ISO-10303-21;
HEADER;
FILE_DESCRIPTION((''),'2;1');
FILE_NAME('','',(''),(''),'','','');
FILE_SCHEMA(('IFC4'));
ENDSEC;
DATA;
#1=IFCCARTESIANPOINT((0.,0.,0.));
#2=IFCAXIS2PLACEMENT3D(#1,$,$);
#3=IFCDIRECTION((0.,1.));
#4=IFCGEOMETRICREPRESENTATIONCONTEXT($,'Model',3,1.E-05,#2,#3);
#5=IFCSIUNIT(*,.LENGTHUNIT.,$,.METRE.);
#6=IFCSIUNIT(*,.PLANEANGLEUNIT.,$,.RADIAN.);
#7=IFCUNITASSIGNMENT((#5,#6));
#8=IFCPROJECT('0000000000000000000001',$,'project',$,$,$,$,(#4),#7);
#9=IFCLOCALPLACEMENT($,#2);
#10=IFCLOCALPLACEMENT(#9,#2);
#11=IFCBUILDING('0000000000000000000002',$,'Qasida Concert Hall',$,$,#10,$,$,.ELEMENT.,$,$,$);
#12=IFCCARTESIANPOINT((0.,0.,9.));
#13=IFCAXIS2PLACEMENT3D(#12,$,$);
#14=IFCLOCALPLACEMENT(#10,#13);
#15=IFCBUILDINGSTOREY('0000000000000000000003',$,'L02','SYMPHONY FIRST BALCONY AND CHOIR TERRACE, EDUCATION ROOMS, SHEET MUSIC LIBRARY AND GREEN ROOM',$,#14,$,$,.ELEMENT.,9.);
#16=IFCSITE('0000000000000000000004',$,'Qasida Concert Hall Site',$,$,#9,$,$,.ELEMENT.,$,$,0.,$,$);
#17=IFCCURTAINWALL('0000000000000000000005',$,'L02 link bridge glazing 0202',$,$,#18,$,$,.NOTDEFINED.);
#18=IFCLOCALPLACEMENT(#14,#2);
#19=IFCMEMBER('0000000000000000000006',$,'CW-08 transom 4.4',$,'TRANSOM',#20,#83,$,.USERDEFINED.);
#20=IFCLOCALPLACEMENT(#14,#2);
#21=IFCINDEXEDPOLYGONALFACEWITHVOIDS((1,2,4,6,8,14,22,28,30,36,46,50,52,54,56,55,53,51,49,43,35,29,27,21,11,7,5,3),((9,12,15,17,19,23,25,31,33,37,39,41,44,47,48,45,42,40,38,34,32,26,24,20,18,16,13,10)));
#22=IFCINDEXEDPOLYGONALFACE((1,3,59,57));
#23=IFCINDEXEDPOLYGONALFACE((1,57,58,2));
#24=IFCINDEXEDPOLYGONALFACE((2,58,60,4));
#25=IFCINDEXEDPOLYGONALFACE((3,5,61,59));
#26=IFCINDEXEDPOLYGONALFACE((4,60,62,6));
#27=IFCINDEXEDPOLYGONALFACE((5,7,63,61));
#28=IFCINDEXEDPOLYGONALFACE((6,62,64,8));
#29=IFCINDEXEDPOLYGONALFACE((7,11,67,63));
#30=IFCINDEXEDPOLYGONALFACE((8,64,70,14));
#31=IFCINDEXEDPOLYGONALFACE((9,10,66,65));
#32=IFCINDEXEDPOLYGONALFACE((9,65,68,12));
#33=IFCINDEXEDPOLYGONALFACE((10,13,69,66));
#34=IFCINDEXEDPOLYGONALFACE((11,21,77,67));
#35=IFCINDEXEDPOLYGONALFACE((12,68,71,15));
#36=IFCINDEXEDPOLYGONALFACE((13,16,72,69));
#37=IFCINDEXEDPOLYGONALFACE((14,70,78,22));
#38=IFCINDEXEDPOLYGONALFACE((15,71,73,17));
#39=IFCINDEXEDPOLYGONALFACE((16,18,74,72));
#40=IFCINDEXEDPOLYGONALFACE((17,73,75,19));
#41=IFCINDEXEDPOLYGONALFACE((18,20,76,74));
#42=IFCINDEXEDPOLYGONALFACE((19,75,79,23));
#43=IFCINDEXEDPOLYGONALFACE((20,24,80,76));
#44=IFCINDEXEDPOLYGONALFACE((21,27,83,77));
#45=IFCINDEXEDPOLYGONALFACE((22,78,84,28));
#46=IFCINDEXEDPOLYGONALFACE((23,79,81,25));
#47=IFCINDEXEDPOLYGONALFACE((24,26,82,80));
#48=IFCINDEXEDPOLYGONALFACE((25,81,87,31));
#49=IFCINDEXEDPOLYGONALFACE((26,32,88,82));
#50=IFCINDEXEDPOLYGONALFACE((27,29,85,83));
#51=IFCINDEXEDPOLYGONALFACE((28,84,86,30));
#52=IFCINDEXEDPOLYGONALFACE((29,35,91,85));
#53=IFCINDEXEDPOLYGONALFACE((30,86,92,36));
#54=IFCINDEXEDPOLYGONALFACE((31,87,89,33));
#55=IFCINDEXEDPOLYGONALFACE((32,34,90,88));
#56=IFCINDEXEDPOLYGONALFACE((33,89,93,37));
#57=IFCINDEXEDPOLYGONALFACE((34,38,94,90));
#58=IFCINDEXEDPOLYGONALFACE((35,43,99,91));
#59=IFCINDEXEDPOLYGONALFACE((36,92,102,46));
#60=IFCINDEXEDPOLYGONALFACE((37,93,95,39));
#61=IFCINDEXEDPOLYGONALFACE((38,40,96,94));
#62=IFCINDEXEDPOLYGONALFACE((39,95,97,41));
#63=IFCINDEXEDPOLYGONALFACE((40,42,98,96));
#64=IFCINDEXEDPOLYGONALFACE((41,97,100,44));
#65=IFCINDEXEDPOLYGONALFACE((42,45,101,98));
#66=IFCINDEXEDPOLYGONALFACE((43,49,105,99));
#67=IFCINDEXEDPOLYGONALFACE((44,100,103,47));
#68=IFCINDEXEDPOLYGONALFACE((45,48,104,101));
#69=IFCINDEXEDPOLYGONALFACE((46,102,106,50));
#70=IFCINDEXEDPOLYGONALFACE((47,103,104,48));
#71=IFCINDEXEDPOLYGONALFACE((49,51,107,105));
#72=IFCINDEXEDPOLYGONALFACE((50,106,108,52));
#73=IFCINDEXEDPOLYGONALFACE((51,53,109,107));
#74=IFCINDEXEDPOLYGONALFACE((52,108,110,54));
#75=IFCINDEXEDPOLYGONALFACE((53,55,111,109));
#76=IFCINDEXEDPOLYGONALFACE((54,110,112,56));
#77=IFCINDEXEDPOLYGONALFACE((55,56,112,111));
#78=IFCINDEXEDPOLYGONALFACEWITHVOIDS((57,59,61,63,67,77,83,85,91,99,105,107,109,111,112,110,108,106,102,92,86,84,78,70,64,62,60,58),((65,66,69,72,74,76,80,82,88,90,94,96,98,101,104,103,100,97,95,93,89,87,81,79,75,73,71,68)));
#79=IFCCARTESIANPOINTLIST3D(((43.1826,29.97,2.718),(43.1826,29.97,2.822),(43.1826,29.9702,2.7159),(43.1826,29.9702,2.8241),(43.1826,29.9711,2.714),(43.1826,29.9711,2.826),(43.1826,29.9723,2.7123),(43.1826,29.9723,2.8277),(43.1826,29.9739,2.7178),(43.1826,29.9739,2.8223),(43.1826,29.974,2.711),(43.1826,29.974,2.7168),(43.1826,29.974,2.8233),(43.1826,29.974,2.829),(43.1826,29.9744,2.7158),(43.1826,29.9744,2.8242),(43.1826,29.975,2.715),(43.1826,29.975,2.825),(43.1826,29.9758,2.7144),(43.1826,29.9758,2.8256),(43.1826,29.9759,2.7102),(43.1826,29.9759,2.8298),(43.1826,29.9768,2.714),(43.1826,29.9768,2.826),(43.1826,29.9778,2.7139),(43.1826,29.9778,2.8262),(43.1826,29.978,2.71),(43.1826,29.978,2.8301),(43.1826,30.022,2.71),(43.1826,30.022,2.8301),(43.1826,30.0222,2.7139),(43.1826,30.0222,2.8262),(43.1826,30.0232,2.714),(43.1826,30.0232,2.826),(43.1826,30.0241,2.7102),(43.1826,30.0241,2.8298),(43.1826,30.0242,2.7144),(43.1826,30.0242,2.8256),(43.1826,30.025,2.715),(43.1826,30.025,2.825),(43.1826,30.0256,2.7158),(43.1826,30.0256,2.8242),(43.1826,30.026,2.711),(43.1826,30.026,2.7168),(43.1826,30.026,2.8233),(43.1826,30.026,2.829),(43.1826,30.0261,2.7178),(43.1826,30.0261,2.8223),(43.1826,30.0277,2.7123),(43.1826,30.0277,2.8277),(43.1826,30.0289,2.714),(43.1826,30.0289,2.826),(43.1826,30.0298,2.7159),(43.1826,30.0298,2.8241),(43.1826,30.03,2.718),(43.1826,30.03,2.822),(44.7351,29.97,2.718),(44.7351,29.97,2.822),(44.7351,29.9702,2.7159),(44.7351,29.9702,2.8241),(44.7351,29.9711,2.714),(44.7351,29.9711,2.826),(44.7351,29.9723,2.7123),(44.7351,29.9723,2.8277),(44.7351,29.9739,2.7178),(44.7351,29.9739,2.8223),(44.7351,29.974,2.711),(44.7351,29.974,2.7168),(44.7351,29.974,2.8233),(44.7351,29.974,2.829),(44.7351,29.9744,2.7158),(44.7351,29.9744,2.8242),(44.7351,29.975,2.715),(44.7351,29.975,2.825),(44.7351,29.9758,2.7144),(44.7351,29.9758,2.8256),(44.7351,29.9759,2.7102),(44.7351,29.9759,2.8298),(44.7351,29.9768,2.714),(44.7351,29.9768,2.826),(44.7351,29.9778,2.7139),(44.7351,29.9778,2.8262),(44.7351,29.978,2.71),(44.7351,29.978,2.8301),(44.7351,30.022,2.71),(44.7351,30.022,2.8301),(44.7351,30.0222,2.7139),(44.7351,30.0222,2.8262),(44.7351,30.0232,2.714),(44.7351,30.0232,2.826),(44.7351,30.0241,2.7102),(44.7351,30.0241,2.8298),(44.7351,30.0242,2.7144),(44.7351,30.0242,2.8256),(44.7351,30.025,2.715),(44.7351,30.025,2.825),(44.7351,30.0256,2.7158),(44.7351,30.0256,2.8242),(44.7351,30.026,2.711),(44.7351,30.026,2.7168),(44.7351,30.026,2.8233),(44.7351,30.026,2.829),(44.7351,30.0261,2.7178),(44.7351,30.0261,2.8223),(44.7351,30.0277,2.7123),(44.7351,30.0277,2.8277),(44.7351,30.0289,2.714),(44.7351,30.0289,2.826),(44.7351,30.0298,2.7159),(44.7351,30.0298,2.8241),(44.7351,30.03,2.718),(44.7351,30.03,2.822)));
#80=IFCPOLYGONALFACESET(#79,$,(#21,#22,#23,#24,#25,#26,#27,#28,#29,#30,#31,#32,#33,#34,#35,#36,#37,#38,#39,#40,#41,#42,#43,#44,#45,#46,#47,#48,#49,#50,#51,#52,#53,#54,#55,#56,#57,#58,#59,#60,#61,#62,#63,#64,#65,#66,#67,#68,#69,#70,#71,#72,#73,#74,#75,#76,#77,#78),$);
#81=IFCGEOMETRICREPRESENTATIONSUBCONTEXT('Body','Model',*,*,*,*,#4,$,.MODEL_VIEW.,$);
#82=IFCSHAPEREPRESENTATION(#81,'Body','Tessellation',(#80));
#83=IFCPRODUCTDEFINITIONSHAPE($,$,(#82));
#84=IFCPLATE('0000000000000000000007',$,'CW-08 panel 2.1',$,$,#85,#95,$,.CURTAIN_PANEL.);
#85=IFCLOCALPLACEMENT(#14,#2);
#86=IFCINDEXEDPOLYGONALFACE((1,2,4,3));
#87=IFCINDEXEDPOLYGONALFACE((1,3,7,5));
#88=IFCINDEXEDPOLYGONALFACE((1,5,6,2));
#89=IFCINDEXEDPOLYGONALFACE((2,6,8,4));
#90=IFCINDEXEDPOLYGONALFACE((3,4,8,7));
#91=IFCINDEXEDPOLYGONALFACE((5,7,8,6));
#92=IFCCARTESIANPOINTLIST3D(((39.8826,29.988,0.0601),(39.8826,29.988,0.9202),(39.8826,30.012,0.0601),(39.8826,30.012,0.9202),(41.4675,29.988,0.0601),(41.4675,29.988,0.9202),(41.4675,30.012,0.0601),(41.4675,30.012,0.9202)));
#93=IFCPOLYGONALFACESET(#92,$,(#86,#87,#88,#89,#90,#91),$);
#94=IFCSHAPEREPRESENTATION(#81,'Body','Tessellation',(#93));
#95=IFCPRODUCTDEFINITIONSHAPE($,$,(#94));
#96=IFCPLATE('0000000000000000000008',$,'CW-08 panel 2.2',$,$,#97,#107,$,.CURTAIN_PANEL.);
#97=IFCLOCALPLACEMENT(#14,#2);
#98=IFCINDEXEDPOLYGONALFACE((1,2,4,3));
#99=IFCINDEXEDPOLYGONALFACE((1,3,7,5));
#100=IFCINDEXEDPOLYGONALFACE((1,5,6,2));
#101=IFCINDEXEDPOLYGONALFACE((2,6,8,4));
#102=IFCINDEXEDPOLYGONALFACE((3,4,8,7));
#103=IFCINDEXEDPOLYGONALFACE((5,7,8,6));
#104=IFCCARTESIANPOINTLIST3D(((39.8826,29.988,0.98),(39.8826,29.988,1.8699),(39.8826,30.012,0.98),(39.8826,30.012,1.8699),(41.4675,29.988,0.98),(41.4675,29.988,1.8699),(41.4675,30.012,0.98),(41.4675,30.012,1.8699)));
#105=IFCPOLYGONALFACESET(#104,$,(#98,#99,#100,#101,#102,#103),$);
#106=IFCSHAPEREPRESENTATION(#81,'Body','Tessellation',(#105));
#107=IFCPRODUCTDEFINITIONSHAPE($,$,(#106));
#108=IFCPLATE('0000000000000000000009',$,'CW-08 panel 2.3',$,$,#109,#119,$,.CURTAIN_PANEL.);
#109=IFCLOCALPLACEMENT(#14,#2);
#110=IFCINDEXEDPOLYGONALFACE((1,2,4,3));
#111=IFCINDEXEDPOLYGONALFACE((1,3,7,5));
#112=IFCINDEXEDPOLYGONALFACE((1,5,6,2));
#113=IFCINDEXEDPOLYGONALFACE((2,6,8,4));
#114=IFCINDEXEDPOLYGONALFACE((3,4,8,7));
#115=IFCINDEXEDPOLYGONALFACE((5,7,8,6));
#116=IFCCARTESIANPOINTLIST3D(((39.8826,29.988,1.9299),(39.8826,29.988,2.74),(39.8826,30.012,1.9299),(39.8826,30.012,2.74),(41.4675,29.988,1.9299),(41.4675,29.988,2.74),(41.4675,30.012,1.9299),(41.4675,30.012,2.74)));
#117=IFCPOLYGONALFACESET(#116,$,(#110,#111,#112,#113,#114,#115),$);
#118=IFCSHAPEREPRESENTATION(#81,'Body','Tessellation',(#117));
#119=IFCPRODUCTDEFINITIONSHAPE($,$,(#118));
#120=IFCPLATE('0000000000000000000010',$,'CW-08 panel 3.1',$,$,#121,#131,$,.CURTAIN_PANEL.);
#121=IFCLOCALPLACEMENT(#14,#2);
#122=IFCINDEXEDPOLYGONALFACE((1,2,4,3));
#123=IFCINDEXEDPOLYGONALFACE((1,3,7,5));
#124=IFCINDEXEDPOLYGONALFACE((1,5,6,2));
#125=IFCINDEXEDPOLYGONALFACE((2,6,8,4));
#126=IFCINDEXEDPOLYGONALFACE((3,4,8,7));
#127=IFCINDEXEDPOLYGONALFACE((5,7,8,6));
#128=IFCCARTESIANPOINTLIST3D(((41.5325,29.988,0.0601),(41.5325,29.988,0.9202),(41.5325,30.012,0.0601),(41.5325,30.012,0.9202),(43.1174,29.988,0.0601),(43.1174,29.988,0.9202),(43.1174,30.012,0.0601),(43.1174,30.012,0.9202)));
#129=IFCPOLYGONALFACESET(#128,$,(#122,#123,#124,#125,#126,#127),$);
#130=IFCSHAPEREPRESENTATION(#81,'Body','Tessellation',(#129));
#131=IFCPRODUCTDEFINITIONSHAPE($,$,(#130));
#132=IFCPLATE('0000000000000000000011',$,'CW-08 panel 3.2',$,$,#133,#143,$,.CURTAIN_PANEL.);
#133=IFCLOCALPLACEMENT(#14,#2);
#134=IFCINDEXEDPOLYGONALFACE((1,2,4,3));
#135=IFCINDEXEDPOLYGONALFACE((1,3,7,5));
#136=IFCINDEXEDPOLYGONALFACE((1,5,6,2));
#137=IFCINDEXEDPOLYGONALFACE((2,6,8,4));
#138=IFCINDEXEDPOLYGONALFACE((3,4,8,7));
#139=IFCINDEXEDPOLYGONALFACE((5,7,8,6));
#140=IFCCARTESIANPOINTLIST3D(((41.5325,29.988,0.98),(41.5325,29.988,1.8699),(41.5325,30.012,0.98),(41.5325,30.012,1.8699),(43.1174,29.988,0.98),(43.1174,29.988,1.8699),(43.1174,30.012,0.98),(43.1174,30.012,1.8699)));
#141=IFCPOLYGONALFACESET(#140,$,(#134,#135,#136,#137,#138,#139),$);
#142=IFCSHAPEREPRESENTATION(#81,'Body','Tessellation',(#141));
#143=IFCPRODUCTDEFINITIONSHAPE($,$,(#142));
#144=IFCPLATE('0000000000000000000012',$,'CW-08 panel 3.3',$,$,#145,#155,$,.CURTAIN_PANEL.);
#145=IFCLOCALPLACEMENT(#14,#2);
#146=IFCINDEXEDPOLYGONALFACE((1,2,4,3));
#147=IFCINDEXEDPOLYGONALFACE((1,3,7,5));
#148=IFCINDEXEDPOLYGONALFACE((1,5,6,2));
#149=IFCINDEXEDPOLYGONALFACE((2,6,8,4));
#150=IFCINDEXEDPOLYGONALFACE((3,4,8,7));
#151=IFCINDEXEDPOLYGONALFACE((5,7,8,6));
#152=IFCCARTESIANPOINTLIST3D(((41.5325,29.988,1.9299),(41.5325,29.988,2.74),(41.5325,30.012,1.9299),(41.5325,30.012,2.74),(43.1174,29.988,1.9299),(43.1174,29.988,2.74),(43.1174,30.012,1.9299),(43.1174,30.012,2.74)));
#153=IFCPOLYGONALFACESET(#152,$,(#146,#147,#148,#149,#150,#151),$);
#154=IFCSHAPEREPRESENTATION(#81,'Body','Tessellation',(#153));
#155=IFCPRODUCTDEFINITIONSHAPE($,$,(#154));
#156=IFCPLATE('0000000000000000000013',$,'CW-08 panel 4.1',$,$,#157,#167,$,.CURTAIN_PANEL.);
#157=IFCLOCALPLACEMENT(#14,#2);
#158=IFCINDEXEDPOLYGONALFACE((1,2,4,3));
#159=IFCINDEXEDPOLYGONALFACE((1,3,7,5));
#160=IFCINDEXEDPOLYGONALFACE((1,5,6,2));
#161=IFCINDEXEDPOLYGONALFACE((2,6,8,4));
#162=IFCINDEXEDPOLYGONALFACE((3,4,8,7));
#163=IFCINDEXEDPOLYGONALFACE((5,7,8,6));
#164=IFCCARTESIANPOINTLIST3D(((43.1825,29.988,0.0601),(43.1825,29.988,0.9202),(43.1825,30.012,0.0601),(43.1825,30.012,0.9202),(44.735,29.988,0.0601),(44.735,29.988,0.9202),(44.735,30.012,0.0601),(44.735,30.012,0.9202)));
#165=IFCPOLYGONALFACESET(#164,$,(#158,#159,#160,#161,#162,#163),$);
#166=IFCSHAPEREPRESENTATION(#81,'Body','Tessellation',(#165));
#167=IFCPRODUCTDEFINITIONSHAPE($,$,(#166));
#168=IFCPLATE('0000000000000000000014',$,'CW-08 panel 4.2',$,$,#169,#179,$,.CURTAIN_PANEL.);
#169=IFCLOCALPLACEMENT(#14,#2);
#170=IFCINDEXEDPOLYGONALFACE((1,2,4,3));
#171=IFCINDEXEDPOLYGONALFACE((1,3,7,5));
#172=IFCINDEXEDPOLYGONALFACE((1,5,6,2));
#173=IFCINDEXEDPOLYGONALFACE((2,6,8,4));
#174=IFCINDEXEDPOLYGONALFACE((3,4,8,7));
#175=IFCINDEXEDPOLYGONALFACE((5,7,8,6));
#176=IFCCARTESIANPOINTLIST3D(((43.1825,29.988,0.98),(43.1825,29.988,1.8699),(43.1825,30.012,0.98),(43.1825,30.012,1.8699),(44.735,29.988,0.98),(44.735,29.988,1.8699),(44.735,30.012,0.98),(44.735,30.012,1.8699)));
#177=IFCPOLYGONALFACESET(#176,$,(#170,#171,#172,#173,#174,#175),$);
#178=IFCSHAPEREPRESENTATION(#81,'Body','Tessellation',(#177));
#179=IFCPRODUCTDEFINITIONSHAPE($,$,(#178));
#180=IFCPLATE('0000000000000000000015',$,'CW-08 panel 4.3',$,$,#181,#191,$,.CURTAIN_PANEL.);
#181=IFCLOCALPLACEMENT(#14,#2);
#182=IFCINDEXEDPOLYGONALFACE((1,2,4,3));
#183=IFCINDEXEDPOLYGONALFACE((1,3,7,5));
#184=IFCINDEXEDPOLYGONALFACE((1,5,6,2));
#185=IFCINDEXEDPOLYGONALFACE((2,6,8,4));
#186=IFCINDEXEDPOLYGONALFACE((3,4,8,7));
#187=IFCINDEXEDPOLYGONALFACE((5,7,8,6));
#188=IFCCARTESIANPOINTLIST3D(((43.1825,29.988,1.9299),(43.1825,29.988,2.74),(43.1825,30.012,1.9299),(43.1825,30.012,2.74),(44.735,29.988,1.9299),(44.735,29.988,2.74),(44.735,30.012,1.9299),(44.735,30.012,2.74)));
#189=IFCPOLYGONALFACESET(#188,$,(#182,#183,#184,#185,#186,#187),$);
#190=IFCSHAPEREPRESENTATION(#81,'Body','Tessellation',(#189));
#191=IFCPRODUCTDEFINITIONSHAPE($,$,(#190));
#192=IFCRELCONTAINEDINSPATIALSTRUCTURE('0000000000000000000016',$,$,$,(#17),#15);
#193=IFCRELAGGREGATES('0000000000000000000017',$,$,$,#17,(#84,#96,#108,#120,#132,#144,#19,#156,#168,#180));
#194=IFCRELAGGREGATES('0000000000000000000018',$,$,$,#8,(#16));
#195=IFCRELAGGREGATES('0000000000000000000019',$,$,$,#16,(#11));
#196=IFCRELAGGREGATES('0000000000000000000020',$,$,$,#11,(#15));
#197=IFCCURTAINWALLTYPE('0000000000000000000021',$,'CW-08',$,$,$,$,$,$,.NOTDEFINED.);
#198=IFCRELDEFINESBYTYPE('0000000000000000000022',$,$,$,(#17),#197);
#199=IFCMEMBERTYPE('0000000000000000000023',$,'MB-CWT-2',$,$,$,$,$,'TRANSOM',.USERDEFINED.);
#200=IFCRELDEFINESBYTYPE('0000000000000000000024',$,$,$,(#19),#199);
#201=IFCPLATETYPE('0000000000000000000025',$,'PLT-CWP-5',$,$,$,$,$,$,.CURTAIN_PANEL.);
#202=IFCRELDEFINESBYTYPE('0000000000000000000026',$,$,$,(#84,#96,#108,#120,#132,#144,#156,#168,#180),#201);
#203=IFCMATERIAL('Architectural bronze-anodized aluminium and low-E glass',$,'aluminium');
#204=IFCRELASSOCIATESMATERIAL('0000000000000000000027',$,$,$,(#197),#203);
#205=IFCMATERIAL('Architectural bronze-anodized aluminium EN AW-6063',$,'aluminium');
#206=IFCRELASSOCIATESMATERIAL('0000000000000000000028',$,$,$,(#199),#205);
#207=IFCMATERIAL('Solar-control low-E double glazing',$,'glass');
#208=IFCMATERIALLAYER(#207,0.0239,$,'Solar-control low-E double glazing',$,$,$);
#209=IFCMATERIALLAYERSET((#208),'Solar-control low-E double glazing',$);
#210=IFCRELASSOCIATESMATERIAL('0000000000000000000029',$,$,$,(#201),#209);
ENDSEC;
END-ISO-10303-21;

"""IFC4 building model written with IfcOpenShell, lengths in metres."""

from ifc_helpers import new_model, si_unit, direction, frame, origin, origin_2d, place, context, subcontext, project, spatial, rectangle, hollow_rectangle, extrude, material, layer, layer_set, material_profile, profile_set, type_object, element, aggregate, save


model = new_model("IFC4")

# Units and contexts
model_context = context("Model", 3, precision=1e-05, world=origin(), true_north=direction((0.0, 1.0)))
body_context = subcontext(model_context, "Body", "Model", "MODEL_VIEW")
ifc_project = project(units=[si_unit("LENGTHUNIT", "METRE"), si_unit("PLANEANGLEUNIT", "RADIAN")], contexts=[model_context])

# Site, building, storey
site_placement = place(None, origin())
site = spatial("IfcSite", under=ifc_project, at=site_placement, Name="Qasida Concert Hall Site", CompositionType="ELEMENT", RefElevation=0.0)
building_placement = place(site_placement, origin())
building = spatial("IfcBuilding", under=site, at=building_placement, Name="Qasida Concert Hall", CompositionType="ELEMENT")
storey_placement = place(building_placement, frame((0.0, 0.0, 9.0)))
storey = spatial("IfcBuildingStorey", under=building, at=storey_placement, Name="L02", Description="SYMPHONY FIRST BALCONY AND CHOIR TERRACE, EDUCATION ROOMS, SHEET MUSIC LIBRARY AND GREEN ROOM", CompositionType="ELEMENT", Elevation=9.0)

# Curtain wall, member, plates
ifc_material_1 = material(Name="Architectural bronze-anodized aluminium and low-E glass", Category="aluminium")
curtain_wall_type = type_object("IfcCurtainWallType", Name="CW-08", PredefinedType="NOTDEFINED", material=ifc_material_1)
curtain_wall_placement = place(storey_placement, origin())
curtain_wall = element("IfcCurtainWall", 1, at=curtain_wall_placement, inside=storey, type_object=curtain_wall_type, Name="L02 link bridge glazing 0202", PredefinedType="NOTDEFINED")
ifc_material_2 = material(Name="Architectural bronze-anodized aluminium EN AW-6063", Category="aluminium")
ifc_material_profile_1 = material_profile(ifc_material_2, hollow_rectangle(XDim=0.0601, YDim=0.1201, WallThickness=0.0039, InnerFilletRadius=0.0039, OuterFilletRadius=0.0081, at=origin_2d()), Name="CWT 120x60x4")
ifc_profile_set_1 = profile_set([ifc_material_profile_1], Name="Architectural bronze-anodized aluminium EN AW-6063")
member_type_1 = type_object("IfcMemberType", Name="MB-CWT-2", ElementType="TRANSOM", PredefinedType="USERDEFINED", material=ifc_profile_set_1)
member_1_placement = place(storey_placement, frame((43.1826, 30.0, 2.77), z_axis=(1.0, 0.0, 0.0), x_axis=(0.0, 1.0, 0.0)))
member_1 = element("IfcMember", 2, at=member_1_placement, type_object=member_type_1, Name="CW-08 transom 4.4", ObjectType="TRANSOM", PredefinedType="USERDEFINED", context=body_context, shape_type="SweptSolid", body=[
    extrude(hollow_rectangle(XDim=0.0601, YDim=0.1201, WallThickness=0.0039, InnerFilletRadius=0.0039, OuterFilletRadius=0.0081, at=origin_2d()), origin(), (0.0, 0.0, 1.0), 1.5525),
])
ifc_material_3 = material(Name="Solar-control low-E double glazing", Category="glass")
ifc_layer = layer(ifc_material_3, 0.0239, Name="Solar-control low-E double glazing")
ifc_layer_set = layer_set([ifc_layer], Name="Solar-control low-E double glazing")
plate_type = type_object("IfcPlateType", Name="PLT-CWP-5", PredefinedType="CURTAIN_PANEL", material=ifc_layer_set)
plate_1_placement = place(storey_placement, frame((40.675, 30.0, 0.0601), z_axis=(0.0, 0.0, 1.0), x_axis=(1.0, 0.0, 0.0)))
plate_1 = element("IfcPlate", 3, at=plate_1_placement, type_object=plate_type, Name="CW-08 panel 2.1", PredefinedType="CURTAIN_PANEL", context=body_context, shape_type="SweptSolid", body=[
    extrude(rectangle(XDim=1.585, YDim=0.0239, at=origin_2d()), origin(), (0.0, 0.0, 1.0), 0.8601),
])
plate_2_placement = place(storey_placement, frame((40.675, 30.0, 0.98), z_axis=(0.0, 0.0, 1.0), x_axis=(1.0, 0.0, 0.0)))
plate_2 = element("IfcPlate", 4, at=plate_2_placement, type_object=plate_type, Name="CW-08 panel 2.2", PredefinedType="CURTAIN_PANEL", context=body_context, shape_type="SweptSolid", body=[
    extrude(rectangle(XDim=1.585, YDim=0.0239, at=origin_2d()), origin(), (0.0, 0.0, 1.0), 0.8899),
])
plate_3_placement = place(storey_placement, frame((40.675, 30.0, 1.9299), z_axis=(0.0, 0.0, 1.0), x_axis=(1.0, 0.0, 0.0)))
plate_3 = element("IfcPlate", 5, at=plate_3_placement, type_object=plate_type, Name="CW-08 panel 2.3", PredefinedType="CURTAIN_PANEL", context=body_context, shape_type="SweptSolid", body=[
    extrude(rectangle(XDim=1.585, YDim=0.0239, at=origin_2d()), origin(), (0.0, 0.0, 1.0), 0.8101),
])
plate_4_placement = place(storey_placement, frame((42.325, 30.0, 0.0601), z_axis=(0.0, 0.0, 1.0), x_axis=(1.0, 0.0, 0.0)))
plate_4 = element("IfcPlate", 6, at=plate_4_placement, type_object=plate_type, Name="CW-08 panel 3.1", PredefinedType="CURTAIN_PANEL", context=body_context, shape_type="SweptSolid", body=[
    extrude(rectangle(XDim=1.585, YDim=0.0239, at=origin_2d()), origin(), (0.0, 0.0, 1.0), 0.8601),
])
plate_5_placement = place(storey_placement, frame((42.325, 30.0, 0.98), z_axis=(0.0, 0.0, 1.0), x_axis=(1.0, 0.0, 0.0)))
plate_5 = element("IfcPlate", 7, at=plate_5_placement, type_object=plate_type, Name="CW-08 panel 3.2", PredefinedType="CURTAIN_PANEL", context=body_context, shape_type="SweptSolid", body=[
    extrude(rectangle(XDim=1.585, YDim=0.0239, at=origin_2d()), origin(), (0.0, 0.0, 1.0), 0.8899),
])
plate_6_placement = place(storey_placement, frame((42.325, 30.0, 1.9299), z_axis=(0.0, 0.0, 1.0), x_axis=(1.0, 0.0, 0.0)))
plate_6 = element("IfcPlate", 8, at=plate_6_placement, type_object=plate_type, Name="CW-08 panel 3.3", PredefinedType="CURTAIN_PANEL", context=body_context, shape_type="SweptSolid", body=[
    extrude(rectangle(XDim=1.585, YDim=0.0239, at=origin_2d()), origin(), (0.0, 0.0, 1.0), 0.8101),
])
plate_7_placement = place(storey_placement, frame((43.9587, 30.0, 0.0601), z_axis=(0.0, 0.0, 1.0), x_axis=(1.0, 0.0, 0.0)))
plate_7 = element("IfcPlate", 9, at=plate_7_placement, type_object=plate_type, Name="CW-08 panel 4.1", PredefinedType="CURTAIN_PANEL", context=body_context, shape_type="SweptSolid", body=[
    extrude(rectangle(XDim=1.5525, YDim=0.0239, at=origin_2d()), origin(), (0.0, 0.0, 1.0), 0.8601),
])
plate_8_placement = place(storey_placement, frame((43.9587, 30.0, 0.98), z_axis=(0.0, 0.0, 1.0), x_axis=(1.0, 0.0, 0.0)))
plate_8 = element("IfcPlate", 10, at=plate_8_placement, type_object=plate_type, Name="CW-08 panel 4.2", PredefinedType="CURTAIN_PANEL", context=body_context, shape_type="SweptSolid", body=[
    extrude(rectangle(XDim=1.5525, YDim=0.0239, at=origin_2d()), origin(), (0.0, 0.0, 1.0), 0.8899),
])
plate_9_placement = place(storey_placement, frame((43.9587, 30.0, 1.9299), z_axis=(0.0, 0.0, 1.0), x_axis=(1.0, 0.0, 0.0)))
plate_9 = element("IfcPlate", 11, at=plate_9_placement, type_object=plate_type, Name="CW-08 panel 4.3", PredefinedType="CURTAIN_PANEL", context=body_context, shape_type="SweptSolid", body=[
    extrude(rectangle(XDim=1.5525, YDim=0.0239, at=origin_2d()), origin(), (0.0, 0.0, 1.0), 0.8101),
])
aggregate(curtain_wall, [plate_1, plate_2, plate_3, plate_4, plate_5, plate_6, member_1, plate_7, plate_8, plate_9])

save(model, "model.ifc")
